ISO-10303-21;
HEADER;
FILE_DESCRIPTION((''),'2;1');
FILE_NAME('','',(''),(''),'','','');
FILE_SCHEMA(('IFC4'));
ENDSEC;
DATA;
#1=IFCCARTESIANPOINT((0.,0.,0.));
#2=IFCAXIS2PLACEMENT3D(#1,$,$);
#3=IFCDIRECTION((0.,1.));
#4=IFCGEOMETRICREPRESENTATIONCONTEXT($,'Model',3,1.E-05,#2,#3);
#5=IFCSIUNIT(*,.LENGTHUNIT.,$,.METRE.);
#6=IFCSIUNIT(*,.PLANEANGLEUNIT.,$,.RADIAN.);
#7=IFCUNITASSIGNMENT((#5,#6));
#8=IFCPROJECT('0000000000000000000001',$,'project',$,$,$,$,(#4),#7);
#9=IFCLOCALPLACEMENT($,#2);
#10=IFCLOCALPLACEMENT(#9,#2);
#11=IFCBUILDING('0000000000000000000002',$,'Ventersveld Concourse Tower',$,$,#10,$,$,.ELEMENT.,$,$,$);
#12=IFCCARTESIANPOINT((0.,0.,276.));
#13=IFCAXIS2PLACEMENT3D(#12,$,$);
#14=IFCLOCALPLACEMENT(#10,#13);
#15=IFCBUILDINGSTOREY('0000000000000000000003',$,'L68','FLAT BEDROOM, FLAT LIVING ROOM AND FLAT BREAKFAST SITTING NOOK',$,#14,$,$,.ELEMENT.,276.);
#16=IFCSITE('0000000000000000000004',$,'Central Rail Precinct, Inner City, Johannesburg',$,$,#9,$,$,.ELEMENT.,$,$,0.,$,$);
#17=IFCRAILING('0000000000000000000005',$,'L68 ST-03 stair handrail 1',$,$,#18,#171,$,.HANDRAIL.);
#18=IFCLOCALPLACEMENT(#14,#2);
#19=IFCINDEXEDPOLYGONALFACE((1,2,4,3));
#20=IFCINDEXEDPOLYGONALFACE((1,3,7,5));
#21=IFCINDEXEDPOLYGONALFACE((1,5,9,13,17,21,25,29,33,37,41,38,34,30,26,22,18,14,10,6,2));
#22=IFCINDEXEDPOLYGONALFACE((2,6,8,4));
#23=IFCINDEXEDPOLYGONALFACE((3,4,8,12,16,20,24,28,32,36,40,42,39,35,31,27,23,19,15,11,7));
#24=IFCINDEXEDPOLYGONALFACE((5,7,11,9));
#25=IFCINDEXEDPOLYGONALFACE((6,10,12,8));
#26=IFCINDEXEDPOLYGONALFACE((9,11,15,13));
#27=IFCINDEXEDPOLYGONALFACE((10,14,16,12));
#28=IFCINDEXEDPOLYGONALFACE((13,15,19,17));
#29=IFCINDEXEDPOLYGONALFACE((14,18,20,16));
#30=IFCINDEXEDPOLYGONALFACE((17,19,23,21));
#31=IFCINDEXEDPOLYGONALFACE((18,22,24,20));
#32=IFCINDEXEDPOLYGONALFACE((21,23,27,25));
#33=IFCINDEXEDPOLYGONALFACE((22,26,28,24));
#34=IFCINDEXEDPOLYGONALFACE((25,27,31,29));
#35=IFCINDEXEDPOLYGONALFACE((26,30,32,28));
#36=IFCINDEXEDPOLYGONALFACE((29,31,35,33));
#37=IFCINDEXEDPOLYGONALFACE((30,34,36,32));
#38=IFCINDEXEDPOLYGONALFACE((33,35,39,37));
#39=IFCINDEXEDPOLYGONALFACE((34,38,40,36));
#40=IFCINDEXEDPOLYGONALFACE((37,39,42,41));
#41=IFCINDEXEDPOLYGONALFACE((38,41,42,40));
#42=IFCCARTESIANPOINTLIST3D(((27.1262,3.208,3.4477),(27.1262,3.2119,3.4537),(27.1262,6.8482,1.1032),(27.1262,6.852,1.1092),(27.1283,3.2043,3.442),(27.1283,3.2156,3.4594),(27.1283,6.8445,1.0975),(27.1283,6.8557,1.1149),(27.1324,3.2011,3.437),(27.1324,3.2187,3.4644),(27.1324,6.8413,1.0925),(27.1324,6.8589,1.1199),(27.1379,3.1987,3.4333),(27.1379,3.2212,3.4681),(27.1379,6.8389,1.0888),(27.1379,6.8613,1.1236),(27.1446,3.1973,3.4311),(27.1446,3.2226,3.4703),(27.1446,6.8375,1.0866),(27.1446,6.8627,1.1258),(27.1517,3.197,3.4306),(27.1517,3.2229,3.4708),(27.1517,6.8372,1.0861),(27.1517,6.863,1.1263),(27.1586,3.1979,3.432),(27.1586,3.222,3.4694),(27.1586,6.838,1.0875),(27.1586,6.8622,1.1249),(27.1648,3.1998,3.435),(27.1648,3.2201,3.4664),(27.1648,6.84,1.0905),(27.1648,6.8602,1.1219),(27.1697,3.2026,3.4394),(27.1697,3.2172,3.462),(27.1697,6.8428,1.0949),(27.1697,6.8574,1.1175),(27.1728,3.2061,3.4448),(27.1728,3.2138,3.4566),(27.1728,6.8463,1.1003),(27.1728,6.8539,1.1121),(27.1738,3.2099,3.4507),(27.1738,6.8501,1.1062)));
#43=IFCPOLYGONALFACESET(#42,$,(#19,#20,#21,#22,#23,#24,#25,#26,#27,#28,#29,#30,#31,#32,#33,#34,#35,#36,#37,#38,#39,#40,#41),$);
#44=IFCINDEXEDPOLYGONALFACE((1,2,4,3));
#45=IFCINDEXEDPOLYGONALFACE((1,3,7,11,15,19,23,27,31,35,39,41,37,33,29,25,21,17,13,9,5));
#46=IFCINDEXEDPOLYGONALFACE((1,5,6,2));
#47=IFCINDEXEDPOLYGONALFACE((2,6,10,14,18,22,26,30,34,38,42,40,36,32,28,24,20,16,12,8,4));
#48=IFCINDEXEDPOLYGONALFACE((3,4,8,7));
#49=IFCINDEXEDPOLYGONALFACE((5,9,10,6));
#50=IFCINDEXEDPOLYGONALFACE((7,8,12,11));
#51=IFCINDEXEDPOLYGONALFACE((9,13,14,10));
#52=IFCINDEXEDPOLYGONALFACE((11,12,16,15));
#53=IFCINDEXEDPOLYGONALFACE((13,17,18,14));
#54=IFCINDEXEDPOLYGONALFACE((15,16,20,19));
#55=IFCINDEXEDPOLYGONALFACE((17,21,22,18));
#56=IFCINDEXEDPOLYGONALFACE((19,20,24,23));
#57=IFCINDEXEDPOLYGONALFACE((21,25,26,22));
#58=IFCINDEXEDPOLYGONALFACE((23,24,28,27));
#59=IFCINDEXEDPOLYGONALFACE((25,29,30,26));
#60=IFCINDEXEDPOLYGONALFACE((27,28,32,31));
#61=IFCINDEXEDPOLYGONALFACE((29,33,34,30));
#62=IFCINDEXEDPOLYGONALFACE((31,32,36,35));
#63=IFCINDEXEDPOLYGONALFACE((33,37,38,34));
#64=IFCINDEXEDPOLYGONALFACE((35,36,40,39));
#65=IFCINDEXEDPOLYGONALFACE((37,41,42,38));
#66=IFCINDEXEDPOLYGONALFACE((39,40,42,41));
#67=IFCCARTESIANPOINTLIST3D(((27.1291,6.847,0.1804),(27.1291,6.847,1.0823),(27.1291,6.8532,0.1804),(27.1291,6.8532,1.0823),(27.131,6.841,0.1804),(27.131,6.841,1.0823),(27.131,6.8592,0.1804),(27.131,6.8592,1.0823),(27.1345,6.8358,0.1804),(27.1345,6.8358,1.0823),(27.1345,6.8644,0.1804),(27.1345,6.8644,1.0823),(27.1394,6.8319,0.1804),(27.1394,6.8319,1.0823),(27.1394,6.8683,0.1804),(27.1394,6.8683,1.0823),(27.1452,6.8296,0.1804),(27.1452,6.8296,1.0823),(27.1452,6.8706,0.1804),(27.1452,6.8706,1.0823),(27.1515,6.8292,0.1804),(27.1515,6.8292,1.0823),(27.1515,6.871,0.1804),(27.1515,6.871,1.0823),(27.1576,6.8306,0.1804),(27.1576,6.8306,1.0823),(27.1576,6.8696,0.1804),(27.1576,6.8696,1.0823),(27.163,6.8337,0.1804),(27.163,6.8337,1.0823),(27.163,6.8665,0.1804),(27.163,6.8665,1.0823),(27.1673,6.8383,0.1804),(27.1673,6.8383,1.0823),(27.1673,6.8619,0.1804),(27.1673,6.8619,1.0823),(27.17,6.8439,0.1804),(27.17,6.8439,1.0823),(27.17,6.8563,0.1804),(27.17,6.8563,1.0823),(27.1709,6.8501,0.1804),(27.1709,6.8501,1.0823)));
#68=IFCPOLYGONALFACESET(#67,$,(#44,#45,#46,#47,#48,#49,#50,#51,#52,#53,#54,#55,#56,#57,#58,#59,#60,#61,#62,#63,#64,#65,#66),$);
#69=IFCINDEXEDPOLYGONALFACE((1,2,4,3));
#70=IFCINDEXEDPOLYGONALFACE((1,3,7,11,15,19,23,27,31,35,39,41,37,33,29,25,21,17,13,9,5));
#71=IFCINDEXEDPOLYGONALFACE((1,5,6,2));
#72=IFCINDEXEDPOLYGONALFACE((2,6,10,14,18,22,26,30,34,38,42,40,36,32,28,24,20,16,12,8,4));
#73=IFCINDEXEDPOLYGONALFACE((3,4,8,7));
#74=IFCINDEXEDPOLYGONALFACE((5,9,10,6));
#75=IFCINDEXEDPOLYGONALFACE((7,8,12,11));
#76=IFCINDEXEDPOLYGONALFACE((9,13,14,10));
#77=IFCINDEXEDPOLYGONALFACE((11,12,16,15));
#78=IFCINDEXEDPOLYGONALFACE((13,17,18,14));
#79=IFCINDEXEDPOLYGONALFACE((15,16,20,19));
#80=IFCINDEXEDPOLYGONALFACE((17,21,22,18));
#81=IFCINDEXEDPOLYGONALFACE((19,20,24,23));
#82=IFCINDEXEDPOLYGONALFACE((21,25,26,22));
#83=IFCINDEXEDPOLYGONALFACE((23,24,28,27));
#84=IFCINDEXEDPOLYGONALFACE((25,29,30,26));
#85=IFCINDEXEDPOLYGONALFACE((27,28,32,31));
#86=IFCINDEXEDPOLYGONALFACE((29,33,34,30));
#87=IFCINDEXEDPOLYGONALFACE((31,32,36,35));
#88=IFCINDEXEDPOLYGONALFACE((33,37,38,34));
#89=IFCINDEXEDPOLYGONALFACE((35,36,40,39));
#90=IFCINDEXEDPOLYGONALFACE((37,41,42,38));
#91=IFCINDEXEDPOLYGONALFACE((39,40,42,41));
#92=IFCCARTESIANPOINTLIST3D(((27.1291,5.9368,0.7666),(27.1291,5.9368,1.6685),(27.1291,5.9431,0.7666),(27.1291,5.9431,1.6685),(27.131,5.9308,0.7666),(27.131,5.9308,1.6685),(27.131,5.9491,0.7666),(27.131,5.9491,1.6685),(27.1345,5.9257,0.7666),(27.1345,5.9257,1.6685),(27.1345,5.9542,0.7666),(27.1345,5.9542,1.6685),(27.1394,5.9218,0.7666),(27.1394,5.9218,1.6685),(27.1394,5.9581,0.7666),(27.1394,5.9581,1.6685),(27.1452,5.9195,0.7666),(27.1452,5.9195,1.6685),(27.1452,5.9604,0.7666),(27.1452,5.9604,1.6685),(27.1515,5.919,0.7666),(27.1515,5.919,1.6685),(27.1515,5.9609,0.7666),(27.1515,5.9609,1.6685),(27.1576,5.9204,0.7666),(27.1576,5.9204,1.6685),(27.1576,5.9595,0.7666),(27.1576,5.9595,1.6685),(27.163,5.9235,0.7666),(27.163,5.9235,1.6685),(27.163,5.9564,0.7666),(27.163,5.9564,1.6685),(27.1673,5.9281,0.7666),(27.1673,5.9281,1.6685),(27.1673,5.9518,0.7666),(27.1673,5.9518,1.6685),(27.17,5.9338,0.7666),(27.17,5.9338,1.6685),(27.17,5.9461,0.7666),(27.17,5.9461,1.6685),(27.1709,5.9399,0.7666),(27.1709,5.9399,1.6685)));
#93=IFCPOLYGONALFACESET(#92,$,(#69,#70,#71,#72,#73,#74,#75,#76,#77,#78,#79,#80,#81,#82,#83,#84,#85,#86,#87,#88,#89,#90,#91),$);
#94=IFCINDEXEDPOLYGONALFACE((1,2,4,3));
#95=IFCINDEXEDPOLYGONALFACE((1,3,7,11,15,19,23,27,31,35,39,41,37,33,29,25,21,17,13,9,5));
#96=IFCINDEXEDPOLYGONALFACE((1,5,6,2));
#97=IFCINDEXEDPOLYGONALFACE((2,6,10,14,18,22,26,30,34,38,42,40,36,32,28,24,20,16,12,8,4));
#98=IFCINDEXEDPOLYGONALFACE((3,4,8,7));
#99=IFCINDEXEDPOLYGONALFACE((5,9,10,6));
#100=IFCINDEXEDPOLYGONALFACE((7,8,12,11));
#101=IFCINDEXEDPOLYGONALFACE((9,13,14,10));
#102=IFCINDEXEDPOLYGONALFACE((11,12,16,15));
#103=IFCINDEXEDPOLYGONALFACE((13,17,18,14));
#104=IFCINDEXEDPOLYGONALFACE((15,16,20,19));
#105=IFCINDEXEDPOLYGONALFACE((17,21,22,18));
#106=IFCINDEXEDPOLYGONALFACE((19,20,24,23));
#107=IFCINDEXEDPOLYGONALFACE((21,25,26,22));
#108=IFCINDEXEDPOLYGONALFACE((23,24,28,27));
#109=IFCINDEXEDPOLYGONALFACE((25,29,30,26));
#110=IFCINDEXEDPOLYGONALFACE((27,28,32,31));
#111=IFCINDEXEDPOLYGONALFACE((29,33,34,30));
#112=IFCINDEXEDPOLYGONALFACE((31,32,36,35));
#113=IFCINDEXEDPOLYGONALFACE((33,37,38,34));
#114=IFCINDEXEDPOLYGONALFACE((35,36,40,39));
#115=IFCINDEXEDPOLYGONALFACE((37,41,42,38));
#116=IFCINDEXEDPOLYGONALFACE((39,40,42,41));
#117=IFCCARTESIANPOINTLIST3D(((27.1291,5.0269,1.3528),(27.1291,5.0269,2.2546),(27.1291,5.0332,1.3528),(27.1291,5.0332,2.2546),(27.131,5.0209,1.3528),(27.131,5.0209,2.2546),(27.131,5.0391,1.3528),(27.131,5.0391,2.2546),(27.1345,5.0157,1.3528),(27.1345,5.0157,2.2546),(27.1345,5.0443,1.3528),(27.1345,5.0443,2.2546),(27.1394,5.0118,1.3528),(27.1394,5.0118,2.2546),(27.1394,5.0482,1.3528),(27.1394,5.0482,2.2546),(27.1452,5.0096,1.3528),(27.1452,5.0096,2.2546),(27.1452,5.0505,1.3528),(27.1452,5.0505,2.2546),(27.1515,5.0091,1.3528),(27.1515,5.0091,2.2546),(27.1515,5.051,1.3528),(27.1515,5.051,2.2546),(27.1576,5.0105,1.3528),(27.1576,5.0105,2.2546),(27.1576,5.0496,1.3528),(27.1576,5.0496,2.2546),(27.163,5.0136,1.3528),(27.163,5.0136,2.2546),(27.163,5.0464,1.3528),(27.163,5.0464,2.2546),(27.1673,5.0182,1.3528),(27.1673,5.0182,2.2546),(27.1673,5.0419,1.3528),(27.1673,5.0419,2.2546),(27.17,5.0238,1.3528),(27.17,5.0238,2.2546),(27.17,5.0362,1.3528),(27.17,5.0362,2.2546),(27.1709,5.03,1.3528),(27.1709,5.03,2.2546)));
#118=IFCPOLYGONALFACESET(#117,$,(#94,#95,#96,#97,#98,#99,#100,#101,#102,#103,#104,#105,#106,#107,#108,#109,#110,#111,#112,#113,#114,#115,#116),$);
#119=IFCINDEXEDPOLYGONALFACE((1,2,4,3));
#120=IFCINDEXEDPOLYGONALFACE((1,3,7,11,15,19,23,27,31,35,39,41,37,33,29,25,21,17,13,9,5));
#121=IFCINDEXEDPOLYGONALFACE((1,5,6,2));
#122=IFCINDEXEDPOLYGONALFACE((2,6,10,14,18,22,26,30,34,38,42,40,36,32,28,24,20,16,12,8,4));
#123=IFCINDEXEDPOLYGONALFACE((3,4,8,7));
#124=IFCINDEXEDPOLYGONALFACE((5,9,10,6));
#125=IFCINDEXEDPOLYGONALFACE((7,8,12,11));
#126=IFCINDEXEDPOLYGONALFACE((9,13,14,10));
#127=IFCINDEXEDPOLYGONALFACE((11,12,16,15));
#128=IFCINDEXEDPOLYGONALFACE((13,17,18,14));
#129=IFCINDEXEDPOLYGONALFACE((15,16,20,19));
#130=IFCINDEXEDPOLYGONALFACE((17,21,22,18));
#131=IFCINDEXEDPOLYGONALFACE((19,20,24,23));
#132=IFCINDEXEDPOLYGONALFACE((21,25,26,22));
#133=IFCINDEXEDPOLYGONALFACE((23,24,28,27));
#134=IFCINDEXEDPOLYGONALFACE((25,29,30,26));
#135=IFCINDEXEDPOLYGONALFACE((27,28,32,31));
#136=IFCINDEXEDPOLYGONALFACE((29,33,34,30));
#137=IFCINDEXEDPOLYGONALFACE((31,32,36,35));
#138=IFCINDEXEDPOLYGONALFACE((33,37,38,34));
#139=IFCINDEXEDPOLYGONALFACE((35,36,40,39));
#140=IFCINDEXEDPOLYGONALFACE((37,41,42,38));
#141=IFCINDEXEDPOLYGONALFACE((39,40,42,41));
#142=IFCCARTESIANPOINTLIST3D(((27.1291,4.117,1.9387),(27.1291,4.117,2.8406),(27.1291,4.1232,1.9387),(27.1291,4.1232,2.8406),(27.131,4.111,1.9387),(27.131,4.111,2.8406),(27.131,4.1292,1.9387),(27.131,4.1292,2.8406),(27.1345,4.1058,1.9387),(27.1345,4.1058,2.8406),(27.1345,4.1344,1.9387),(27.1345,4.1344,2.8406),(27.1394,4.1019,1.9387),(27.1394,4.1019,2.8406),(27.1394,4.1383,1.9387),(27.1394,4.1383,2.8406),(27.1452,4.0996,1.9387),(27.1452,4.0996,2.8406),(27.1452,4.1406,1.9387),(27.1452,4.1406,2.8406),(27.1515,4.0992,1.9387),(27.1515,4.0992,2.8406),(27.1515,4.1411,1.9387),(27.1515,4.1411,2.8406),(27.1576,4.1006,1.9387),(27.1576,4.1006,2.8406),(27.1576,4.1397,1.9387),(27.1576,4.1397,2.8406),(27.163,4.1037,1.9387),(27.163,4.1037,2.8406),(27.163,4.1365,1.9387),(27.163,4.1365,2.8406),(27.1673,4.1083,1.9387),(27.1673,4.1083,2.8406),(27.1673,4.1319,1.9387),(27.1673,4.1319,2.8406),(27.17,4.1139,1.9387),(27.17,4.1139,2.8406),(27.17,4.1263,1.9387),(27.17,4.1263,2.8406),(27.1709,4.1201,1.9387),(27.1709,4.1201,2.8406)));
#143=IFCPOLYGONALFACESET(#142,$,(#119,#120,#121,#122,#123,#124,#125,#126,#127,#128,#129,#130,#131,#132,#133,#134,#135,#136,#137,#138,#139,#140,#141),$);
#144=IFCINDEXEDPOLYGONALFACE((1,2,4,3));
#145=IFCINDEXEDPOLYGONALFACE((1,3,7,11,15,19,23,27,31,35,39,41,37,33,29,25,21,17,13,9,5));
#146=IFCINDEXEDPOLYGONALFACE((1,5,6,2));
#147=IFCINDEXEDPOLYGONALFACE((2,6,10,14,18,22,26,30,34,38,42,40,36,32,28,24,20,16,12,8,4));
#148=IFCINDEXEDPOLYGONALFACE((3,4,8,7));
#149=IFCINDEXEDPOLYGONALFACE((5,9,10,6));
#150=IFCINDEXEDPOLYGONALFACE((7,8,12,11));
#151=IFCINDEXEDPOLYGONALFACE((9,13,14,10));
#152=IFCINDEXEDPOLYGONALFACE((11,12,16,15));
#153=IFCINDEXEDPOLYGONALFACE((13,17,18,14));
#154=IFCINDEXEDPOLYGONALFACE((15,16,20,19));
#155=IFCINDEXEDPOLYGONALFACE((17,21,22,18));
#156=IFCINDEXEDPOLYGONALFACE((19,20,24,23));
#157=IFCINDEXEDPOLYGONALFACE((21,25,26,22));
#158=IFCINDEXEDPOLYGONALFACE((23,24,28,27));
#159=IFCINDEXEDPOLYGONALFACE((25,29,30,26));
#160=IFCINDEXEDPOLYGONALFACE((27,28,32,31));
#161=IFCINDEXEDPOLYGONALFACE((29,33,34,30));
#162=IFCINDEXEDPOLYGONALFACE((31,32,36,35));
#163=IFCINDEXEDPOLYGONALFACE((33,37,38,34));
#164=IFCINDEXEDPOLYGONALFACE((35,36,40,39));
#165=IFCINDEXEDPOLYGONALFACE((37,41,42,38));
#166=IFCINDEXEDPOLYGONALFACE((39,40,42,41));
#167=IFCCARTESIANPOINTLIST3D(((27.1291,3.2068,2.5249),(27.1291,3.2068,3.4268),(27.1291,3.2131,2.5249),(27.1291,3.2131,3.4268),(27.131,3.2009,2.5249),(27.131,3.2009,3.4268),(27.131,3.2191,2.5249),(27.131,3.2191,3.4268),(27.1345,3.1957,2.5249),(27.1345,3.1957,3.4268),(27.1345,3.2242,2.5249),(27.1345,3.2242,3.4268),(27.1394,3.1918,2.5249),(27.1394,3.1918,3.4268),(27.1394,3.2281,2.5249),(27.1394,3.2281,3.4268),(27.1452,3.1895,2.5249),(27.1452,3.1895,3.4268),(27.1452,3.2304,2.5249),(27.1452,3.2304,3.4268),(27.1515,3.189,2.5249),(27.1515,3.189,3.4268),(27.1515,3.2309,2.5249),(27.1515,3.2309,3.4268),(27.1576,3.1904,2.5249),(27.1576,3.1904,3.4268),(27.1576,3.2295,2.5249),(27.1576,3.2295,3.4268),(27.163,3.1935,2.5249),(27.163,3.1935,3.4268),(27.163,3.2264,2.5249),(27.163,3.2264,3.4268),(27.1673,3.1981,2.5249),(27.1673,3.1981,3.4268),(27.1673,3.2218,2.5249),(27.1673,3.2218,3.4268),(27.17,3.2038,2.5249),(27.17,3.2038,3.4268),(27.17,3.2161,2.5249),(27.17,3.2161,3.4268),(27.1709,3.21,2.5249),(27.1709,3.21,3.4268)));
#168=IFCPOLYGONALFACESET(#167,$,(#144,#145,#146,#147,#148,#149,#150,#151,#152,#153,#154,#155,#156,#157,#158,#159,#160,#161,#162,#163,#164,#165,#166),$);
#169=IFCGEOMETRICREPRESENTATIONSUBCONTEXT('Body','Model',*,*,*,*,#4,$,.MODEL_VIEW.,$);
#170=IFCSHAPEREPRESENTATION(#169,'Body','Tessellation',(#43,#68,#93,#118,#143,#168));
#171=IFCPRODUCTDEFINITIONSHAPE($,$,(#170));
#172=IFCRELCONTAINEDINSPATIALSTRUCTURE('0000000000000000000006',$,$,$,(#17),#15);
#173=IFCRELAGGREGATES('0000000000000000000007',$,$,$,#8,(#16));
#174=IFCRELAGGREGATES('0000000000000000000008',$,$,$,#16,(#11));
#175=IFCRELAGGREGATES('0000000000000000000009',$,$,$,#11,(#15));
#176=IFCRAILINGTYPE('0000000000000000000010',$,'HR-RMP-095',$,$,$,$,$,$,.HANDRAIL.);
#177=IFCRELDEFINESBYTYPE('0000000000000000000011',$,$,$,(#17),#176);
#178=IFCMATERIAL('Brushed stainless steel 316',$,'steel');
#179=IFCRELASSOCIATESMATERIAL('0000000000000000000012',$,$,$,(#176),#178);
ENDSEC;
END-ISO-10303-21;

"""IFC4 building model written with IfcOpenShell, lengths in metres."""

from ifc_helpers import new_model, si_unit, direction, frame, origin, origin_2d, place, context, subcontext, project, spatial, circle, extrude, material, type_object, element, save


model = new_model("IFC4")

# Units and contexts
model_context = context("Model", 3, precision=1e-05, world=origin(), true_north=direction((0.0, 1.0)))
body_context = subcontext(model_context, "Body", "Model", "MODEL_VIEW")
ifc_project = project(units=[si_unit("LENGTHUNIT", "METRE"), si_unit("PLANEANGLEUNIT", "RADIAN")], contexts=[model_context])

# Site, building, storey
site_placement = place(None, origin())
site = spatial("IfcSite", under=ifc_project, at=site_placement, Name="Central Rail Precinct, Inner City, Johannesburg", CompositionType="ELEMENT", RefElevation=0.0)
building_placement = place(site_placement, origin())
building = spatial("IfcBuilding", under=site, at=building_placement, Name="Ventersveld Concourse Tower", CompositionType="ELEMENT")
storey_placement = place(building_placement, frame((0.0, 0.0, 276.0)))
storey = spatial("IfcBuildingStorey", under=building, at=storey_placement, Name="L68", Description="FLAT BEDROOM, FLAT LIVING ROOM AND FLAT BREAKFAST SITTING NOOK", CompositionType="ELEMENT", Elevation=276.0)

# Shared definitions
ifc_material_1 = material(Name="Brushed stainless steel 316", Category="steel")

# Railing
railing_type_1 = type_object("IfcRailingType", Name="HR-RMP-095", PredefinedType="HANDRAIL", material=ifc_material_1)
railing_1_placement = place(storey_placement, frame((27.1499, 6.8501, 0.1804)))
element("IfcRailing", 1, at=railing_1_placement, inside=storey, type_object=railing_type_1, Name="L68 ST-03 stair handrail 1", PredefinedType="HANDRAIL", context=body_context, shape_type="SweptSolid", body=[
    extrude(circle(Radius=0.0239, at=origin_2d()), frame((0.0, 0.0, 0.9258), z_axis=(0.0, -0.840716, 0.541476), x_axis=(1.0, 0.0, 0.0)), (0.0, 0.0, 1.0), 4.3298),
    extrude(circle(Radius=0.021, at=origin_2d()), origin(), (0.0, 0.0, 1.0), 0.9019),
    extrude(circle(Radius=0.021, at=origin_2d()), frame((0.0, -0.9102, 0.5862)), (0.0, 0.0, 1.0), 0.9019),
    extrude(circle(Radius=0.021, at=origin_2d()), frame((0.0, -1.8201, 1.1724)), (0.0, 0.0, 1.0), 0.9019),
    extrude(circle(Radius=0.021, at=origin_2d()), frame((0.0, -2.73, 1.7583)), (0.0, 0.0, 1.0), 0.9019),
    extrude(circle(Radius=0.021, at=origin_2d()), frame((0.0, -3.6401, 2.3445)), (0.0, 0.0, 1.0), 0.9019),
])

save(model, "model.ifc")
